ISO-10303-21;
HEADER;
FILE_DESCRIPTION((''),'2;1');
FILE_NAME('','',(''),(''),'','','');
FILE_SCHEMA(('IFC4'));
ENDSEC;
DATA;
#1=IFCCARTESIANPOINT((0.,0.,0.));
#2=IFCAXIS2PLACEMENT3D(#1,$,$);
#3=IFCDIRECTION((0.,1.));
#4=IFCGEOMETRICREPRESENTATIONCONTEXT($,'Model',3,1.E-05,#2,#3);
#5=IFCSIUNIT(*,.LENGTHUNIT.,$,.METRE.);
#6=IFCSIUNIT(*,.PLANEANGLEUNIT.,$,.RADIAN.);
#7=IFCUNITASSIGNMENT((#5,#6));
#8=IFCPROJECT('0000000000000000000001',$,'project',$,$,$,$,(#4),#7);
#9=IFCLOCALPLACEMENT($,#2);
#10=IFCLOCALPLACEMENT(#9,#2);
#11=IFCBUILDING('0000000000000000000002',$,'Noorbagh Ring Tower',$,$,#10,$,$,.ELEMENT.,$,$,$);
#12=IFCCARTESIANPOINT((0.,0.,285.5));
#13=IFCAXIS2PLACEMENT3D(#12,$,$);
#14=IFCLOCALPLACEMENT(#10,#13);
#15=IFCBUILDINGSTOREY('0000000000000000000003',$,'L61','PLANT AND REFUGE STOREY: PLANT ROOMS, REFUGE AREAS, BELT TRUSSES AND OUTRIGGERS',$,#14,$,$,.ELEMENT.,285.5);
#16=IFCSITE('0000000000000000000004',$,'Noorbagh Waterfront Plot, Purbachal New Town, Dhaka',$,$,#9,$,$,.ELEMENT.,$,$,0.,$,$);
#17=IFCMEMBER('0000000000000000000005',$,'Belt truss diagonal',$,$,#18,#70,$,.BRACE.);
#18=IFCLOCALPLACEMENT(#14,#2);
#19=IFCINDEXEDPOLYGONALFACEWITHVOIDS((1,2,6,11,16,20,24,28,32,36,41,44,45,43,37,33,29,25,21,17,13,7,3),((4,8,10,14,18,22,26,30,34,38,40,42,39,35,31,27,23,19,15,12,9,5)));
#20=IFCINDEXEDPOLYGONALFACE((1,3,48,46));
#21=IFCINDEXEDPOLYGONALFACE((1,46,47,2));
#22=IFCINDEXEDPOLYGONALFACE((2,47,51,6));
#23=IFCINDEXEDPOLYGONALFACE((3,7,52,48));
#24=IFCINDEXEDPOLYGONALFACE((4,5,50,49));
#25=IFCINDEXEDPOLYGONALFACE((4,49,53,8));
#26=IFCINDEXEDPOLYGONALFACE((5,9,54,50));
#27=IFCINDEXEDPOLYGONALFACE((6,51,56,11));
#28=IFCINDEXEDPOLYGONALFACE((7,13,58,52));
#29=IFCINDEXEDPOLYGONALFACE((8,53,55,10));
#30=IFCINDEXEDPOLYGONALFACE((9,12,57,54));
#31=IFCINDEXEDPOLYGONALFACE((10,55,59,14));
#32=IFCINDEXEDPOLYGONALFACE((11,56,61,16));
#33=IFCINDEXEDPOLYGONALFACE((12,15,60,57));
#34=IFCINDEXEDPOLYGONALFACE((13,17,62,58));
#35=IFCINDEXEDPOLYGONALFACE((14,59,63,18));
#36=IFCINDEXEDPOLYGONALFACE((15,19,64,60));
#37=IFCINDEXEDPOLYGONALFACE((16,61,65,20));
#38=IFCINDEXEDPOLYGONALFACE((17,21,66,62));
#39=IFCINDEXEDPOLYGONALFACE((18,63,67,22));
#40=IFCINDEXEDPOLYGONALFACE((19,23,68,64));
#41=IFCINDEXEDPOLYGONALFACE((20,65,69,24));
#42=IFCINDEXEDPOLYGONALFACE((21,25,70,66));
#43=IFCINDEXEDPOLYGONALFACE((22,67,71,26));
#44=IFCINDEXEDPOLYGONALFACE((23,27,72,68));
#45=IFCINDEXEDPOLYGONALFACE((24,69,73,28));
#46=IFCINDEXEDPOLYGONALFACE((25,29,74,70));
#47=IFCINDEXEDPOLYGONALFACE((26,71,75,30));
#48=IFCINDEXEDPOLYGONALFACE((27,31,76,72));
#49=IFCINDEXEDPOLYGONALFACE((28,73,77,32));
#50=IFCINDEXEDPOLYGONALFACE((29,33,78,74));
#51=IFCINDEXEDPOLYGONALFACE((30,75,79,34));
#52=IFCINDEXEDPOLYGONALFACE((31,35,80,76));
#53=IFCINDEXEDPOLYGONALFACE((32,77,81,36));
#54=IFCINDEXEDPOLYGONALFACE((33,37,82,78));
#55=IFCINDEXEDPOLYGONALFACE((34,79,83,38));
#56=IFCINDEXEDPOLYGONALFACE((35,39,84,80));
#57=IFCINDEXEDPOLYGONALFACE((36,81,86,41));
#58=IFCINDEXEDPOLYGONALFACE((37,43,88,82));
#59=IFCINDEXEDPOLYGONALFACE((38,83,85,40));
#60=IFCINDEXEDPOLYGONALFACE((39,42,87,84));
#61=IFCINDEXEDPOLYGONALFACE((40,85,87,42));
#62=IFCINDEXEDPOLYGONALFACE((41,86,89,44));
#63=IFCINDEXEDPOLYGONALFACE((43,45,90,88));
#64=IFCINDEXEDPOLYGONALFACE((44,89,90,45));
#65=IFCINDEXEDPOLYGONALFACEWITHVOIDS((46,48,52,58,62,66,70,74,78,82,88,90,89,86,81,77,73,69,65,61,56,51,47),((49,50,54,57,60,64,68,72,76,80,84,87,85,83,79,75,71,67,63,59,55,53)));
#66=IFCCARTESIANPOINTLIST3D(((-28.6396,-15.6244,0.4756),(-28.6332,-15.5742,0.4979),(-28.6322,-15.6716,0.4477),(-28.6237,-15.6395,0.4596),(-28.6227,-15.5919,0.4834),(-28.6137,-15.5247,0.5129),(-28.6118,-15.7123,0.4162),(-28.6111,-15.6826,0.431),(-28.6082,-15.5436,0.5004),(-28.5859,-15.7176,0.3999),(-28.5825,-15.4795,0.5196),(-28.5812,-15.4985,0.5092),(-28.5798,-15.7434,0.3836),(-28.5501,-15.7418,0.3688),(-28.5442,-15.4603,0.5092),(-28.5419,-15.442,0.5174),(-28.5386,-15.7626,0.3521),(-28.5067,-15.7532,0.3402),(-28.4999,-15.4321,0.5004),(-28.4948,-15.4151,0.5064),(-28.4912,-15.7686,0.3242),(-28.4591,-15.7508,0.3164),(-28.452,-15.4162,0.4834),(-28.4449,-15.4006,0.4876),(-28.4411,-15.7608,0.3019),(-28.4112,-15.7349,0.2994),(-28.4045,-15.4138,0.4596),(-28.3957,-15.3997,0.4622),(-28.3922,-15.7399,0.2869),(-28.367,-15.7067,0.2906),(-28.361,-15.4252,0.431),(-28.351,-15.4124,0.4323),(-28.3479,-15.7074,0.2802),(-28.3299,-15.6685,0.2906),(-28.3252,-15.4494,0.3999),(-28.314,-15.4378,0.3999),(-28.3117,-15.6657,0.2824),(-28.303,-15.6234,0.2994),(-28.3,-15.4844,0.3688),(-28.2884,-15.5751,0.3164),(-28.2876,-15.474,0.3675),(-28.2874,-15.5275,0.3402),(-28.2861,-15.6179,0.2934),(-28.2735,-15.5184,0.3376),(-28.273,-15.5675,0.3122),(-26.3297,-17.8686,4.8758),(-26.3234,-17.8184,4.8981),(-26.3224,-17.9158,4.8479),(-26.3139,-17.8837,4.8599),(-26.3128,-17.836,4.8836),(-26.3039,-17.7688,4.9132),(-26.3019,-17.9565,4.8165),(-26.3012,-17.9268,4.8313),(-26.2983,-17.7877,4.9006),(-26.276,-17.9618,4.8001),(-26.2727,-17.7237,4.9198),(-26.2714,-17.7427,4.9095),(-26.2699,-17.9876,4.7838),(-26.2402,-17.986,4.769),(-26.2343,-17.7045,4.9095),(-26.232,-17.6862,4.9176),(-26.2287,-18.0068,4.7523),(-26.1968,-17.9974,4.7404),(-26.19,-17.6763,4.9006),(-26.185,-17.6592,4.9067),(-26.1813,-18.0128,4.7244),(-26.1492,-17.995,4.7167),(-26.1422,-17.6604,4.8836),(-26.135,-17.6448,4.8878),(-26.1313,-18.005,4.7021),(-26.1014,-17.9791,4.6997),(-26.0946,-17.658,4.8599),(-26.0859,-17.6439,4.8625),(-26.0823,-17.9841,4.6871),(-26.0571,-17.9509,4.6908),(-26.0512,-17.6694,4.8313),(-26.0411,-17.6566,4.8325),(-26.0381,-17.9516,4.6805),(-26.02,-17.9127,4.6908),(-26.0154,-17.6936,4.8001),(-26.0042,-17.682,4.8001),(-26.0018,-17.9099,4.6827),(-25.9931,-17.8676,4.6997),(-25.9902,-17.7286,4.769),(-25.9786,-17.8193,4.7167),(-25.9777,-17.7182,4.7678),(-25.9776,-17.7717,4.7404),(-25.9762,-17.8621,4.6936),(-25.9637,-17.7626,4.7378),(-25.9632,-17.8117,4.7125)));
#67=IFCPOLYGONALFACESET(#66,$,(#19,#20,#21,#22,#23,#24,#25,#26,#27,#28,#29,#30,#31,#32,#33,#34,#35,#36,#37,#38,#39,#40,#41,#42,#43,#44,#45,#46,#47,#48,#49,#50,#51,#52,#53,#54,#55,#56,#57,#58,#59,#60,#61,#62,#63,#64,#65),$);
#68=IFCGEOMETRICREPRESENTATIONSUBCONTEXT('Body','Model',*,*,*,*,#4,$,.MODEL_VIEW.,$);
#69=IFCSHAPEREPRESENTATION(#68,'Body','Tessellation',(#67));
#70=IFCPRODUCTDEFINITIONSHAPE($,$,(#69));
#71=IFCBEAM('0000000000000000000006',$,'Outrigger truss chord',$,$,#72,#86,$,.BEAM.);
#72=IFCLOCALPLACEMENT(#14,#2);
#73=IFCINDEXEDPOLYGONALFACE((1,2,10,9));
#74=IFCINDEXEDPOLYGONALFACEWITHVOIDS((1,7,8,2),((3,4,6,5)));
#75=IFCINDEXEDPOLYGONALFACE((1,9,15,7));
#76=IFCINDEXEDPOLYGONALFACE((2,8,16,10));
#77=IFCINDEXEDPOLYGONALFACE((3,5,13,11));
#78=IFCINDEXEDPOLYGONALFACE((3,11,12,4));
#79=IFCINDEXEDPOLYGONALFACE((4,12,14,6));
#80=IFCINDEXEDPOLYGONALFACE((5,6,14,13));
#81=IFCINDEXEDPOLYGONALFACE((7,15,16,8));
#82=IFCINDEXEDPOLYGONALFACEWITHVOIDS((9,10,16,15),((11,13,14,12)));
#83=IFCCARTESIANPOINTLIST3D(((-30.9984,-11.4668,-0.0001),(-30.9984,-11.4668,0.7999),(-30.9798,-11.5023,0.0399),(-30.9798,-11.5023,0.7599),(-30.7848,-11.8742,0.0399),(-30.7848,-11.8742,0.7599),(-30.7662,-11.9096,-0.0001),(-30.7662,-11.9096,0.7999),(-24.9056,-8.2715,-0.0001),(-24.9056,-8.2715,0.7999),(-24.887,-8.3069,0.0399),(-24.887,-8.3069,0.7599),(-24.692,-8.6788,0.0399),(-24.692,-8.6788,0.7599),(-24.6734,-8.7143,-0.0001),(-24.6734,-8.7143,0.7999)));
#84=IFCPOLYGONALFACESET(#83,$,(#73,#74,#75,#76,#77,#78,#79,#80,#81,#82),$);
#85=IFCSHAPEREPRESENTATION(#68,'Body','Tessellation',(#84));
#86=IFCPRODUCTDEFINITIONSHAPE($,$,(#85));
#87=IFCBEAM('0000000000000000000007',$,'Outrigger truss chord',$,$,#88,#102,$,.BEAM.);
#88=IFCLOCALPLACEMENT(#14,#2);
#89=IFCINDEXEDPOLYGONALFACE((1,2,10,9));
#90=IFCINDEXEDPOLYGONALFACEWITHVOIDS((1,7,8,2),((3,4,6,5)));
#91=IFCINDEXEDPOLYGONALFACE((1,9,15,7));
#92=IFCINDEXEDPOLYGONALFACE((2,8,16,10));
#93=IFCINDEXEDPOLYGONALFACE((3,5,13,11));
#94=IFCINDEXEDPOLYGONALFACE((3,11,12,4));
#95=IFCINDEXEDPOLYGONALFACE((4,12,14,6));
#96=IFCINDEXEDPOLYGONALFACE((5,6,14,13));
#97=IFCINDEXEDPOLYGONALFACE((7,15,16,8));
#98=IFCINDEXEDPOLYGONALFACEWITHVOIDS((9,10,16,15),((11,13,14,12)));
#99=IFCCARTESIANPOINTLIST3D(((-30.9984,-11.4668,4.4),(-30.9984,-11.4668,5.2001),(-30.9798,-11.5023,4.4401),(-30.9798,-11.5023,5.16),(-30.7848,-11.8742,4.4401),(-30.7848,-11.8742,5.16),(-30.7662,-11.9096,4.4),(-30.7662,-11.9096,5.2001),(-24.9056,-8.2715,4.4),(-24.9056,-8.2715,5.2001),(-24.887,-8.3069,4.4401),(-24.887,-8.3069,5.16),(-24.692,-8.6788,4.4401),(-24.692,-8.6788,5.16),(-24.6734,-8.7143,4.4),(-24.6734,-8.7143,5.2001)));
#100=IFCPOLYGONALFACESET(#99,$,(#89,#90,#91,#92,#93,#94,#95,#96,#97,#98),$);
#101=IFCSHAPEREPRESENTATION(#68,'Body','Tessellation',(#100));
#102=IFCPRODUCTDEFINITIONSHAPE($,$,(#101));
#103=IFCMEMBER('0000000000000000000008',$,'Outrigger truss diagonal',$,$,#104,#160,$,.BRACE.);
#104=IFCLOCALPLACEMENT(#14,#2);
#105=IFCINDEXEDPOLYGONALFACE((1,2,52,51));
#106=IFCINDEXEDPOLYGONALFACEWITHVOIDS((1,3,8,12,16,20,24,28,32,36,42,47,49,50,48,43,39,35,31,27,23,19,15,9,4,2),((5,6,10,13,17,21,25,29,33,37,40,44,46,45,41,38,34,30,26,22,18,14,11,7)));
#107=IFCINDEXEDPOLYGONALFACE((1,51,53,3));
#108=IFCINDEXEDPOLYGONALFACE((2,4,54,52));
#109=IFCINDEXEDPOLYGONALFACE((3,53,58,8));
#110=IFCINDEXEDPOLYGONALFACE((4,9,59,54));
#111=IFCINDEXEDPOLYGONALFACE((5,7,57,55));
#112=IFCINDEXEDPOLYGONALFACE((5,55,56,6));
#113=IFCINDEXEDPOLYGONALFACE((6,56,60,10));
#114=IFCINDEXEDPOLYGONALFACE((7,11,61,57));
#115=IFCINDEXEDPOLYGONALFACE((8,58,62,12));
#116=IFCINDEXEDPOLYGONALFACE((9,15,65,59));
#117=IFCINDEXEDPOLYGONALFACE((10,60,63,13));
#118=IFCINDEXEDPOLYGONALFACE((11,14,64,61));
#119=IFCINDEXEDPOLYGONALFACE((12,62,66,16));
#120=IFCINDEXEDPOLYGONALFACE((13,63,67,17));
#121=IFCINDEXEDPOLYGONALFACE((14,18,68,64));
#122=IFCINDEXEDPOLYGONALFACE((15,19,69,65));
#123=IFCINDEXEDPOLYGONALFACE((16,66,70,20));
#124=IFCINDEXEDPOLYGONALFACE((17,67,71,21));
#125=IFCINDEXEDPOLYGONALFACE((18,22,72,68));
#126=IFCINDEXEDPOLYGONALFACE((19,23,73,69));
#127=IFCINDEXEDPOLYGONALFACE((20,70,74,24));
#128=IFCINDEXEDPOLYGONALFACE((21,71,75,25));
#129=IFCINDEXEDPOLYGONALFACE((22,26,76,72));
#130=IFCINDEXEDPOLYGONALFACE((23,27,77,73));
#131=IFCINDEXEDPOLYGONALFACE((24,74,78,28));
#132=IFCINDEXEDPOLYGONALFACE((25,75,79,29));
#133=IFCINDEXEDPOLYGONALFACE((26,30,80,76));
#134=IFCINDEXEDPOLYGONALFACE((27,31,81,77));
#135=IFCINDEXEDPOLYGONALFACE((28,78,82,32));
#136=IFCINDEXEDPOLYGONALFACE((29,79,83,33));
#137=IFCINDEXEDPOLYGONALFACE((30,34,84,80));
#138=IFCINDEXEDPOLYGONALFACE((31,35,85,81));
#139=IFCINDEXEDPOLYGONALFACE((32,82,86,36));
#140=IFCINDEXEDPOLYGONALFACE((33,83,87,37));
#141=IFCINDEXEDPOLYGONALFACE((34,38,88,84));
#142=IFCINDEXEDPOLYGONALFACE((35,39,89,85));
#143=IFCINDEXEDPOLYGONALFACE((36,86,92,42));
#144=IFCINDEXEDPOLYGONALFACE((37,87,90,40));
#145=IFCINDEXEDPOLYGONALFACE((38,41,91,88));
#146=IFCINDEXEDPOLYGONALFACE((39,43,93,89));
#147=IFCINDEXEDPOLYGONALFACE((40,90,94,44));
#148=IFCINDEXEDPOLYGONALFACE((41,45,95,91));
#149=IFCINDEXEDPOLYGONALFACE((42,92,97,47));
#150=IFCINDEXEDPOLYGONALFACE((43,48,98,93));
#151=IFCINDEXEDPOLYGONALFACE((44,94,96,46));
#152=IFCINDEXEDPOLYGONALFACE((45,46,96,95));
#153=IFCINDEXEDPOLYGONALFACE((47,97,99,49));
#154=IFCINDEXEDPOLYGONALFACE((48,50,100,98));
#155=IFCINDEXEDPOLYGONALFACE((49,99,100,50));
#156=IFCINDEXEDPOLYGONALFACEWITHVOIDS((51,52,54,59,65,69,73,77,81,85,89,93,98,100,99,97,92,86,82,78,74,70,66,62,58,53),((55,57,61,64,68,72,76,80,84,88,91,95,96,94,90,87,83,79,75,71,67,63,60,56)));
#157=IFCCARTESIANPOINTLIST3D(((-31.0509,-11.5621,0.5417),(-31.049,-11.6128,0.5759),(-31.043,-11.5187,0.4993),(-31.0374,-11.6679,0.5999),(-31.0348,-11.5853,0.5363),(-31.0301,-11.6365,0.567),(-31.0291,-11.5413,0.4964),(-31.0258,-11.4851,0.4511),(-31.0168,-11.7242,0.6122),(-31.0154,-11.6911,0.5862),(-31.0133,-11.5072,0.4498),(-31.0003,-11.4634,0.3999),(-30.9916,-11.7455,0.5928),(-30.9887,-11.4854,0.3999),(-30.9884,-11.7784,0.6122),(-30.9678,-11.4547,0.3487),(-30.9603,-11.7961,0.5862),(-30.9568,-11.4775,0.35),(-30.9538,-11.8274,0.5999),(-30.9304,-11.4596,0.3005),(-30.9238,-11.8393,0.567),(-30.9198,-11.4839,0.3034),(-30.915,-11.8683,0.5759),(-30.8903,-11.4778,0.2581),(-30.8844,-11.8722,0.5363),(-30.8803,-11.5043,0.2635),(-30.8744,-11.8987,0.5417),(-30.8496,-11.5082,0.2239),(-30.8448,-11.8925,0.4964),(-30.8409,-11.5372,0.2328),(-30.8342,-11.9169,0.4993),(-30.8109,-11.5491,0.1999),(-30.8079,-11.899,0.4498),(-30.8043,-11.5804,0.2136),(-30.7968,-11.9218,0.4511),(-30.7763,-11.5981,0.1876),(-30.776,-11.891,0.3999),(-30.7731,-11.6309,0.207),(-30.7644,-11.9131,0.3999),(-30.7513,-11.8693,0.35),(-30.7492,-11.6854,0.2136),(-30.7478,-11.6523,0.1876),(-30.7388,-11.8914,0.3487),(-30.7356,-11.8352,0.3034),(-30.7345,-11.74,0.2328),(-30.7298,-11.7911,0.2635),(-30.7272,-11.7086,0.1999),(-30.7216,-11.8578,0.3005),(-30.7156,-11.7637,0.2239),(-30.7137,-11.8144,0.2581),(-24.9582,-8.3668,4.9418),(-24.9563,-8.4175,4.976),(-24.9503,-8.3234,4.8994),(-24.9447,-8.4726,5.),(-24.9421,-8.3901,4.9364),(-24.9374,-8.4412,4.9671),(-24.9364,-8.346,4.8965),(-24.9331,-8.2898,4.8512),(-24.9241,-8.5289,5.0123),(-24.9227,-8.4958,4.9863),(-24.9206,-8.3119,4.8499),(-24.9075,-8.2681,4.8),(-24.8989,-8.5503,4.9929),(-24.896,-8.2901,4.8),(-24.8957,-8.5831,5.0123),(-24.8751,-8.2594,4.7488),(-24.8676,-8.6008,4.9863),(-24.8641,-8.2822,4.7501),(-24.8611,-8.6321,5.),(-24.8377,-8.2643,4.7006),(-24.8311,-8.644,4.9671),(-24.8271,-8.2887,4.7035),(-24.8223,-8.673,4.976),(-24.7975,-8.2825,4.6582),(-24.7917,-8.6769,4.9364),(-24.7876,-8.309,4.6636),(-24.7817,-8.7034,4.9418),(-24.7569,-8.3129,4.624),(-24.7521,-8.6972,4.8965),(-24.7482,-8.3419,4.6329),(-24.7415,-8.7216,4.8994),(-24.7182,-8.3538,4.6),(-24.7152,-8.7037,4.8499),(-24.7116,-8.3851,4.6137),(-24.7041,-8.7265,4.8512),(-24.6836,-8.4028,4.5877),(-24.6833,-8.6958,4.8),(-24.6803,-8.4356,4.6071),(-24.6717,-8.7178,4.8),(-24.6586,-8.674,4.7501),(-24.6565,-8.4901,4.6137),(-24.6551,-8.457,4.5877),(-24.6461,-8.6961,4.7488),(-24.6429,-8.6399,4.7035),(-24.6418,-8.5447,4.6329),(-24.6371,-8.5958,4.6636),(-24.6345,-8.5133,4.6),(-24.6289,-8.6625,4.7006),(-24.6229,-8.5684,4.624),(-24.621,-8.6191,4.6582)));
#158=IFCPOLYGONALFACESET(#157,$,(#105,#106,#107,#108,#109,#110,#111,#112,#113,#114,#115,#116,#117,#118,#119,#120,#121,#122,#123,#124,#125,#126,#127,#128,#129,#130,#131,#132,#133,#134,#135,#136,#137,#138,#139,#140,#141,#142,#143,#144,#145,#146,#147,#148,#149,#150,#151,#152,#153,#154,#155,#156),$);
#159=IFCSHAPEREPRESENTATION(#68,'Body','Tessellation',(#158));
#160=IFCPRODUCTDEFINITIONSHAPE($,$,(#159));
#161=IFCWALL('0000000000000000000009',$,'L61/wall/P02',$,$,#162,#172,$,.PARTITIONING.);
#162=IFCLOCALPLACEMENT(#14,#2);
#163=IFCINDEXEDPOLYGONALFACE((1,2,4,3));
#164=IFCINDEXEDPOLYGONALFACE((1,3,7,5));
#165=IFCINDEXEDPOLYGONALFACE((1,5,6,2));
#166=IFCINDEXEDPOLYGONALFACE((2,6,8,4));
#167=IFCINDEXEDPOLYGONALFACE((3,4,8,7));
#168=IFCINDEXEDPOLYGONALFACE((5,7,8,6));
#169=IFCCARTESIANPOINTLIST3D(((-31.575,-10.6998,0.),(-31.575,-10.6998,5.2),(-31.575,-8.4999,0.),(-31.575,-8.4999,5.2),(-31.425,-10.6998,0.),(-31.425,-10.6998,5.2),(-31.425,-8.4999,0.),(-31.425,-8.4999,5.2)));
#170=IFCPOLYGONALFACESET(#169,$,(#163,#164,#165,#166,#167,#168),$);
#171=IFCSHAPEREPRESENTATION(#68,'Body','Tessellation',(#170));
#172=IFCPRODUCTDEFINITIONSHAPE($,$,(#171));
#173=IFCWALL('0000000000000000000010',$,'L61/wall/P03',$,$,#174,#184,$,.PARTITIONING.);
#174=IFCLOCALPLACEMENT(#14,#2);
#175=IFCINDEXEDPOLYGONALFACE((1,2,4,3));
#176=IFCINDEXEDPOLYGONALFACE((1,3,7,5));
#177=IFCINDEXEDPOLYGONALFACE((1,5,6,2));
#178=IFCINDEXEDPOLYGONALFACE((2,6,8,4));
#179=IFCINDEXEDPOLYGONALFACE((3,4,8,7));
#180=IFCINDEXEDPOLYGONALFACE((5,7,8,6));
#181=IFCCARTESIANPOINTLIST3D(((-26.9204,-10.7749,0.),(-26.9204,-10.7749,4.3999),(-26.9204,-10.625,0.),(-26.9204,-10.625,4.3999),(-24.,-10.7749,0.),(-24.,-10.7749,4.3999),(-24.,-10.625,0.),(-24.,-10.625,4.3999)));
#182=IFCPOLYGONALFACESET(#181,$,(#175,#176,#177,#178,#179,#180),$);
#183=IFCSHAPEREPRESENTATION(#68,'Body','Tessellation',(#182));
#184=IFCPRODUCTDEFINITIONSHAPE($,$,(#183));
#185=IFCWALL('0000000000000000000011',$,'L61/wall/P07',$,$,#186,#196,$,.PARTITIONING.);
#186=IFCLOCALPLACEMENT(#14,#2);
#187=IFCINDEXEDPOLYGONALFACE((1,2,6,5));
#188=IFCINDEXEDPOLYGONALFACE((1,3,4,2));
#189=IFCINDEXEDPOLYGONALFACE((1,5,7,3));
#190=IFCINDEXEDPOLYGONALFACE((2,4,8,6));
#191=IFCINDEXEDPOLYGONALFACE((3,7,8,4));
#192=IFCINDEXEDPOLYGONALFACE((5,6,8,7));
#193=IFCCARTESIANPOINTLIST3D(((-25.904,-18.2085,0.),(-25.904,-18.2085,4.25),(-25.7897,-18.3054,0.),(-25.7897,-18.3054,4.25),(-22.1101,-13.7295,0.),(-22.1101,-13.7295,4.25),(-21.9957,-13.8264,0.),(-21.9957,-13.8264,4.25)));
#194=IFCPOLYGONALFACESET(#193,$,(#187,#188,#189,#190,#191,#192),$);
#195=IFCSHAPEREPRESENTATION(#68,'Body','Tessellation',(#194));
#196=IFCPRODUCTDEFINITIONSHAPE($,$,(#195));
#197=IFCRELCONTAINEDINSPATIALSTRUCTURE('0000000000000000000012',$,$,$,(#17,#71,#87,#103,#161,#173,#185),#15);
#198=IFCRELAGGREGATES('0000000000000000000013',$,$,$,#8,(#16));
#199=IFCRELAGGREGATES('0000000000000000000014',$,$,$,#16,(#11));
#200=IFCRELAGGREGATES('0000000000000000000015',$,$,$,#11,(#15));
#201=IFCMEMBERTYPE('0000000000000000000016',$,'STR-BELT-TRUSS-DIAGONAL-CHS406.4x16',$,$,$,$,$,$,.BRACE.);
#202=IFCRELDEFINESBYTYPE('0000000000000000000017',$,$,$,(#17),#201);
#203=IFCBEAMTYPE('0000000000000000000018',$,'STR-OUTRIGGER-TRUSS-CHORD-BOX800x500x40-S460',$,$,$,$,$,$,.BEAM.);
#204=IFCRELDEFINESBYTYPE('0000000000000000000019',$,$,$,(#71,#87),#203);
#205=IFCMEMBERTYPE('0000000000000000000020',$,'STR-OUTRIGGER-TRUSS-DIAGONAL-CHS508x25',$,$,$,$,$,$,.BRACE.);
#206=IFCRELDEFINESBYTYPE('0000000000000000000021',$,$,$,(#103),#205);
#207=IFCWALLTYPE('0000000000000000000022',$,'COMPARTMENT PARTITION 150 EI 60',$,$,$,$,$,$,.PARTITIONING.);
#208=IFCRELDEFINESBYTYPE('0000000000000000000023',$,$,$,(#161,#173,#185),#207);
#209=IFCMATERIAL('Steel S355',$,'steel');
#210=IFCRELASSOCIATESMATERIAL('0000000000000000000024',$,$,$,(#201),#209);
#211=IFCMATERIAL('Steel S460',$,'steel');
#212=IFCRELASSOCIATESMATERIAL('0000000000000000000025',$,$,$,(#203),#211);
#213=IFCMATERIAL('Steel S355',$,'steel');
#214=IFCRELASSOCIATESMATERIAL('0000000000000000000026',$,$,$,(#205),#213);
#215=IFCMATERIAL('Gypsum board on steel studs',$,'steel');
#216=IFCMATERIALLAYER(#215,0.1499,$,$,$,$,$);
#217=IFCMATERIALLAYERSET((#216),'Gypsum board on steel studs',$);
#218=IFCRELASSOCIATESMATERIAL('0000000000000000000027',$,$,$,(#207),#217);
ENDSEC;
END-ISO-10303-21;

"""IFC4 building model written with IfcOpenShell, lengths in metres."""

from ifc_helpers import new_model, si_unit, direction, frame, frame_2d, origin, origin_2d, place, context, subcontext, project, spatial, rectangle, hollow_rectangle, hollow_circle, extrude, material, layer, layer_set, material_profile, profile_set, type_object, element, save


model = new_model("IFC4")

# Units and contexts
model_context = context("Model", 3, precision=1e-05, world=origin(), true_north=direction((0.0, 1.0)))
body_context = subcontext(model_context, "Body", "Model", "MODEL_VIEW")
ifc_project = project(units=[si_unit("LENGTHUNIT", "METRE"), si_unit("PLANEANGLEUNIT", "RADIAN")], contexts=[model_context])

# Site, building, storey
site_placement = place(None, origin())
site = spatial("IfcSite", under=ifc_project, at=site_placement, Name="Noorbagh Waterfront Plot, Purbachal New Town, Dhaka", CompositionType="ELEMENT", RefElevation=0.0)
building_placement = place(site_placement, origin())
building = spatial("IfcBuilding", under=site, at=building_placement, Name="Noorbagh Ring Tower", CompositionType="ELEMENT")
storey_placement = place(building_placement, frame((0.0, 0.0, 285.5)))
storey = spatial("IfcBuildingStorey", under=building, at=storey_placement, Name="L61", Description="PLANT AND REFUGE STOREY: PLANT ROOMS, REFUGE AREAS, BELT TRUSSES AND OUTRIGGERS", CompositionType="ELEMENT", Elevation=285.5)

# Member
ifc_material_1 = material(Name="Steel S355", Category="steel")
ifc_material_profile_1 = material_profile(ifc_material_1, hollow_circle(Radius=0.2031, WallThickness=0.0161, at=origin_2d()), Name="CHS406.4x16")
ifc_profile_set_1 = profile_set([ifc_material_profile_1], Name="Steel S355")
member_type_1 = type_object("IfcMemberType", Name="STR-BELT-TRUSS-DIAGONAL-CHS406.4x16", PredefinedType="BRACE", material=ifc_profile_set_1)
member_1_placement = place(storey_placement, frame((-28.4556, -15.5835, 0.3999), z_axis=(0.423604, -0.41156, 0.806956), x_axis=(0.696837, 0.71723, 0.0)))
element("IfcMember", 1, at=member_1_placement, inside=storey, type_object=member_type_1, Name="Belt truss diagonal", PredefinedType="BRACE", context=body_context, shape_type="SweptSolid", body=[
    extrude(hollow_circle(Radius=0.2031, WallThickness=0.0161, at=origin_2d()), origin(), (0.0, 0.0, 1.0), 5.4529),
])

# Beams
ifc_material_2 = material(Name="Steel S460", Category="steel")
ifc_material_profile_2 = material_profile(ifc_material_2, hollow_rectangle(XDim=0.5, YDim=0.8, WallThickness=0.04, at=origin_2d()), Name="BOX800x500x40")
ifc_profile_set_2 = profile_set([ifc_material_profile_2], Name="Steel S460")
beam_type_1 = type_object("IfcBeamType", Name="STR-OUTRIGGER-TRUSS-CHORD-BOX800x500x40-S460", PredefinedType="BEAM", material=ifc_profile_set_2)
for number, where, z_axis, x_axis, name in (
    (2, (-30.8823, -11.6882, 0.3999), (0.885601, 0.464447, 0.0), (-0.464447, 0.885601, 0.0), "Outrigger truss chord"),
    (3, (-30.8823, -11.6882, 4.8), (0.885601, 0.464447, 0.0), (-0.464447, 0.885601, 0.0), "Outrigger truss chord"),
):
    element("IfcBeam", number, at=place(storey_placement, frame(where, z_axis=z_axis, x_axis=x_axis)), inside=storey, type_object=beam_type_1, Name=name, PredefinedType="BEAM", context=body_context, shape_type="SweptSolid", body=[
        extrude(hollow_rectangle(XDim=0.5, YDim=0.8, WallThickness=0.04, at=origin_2d()), origin(), (0.0, 0.0, 1.0), 6.8799),
    ])

# Member
ifc_material_3 = material(Name="Steel S355", Category="steel")
ifc_material_profile_3 = material_profile(ifc_material_3, hollow_circle(Radius=0.2539, WallThickness=0.0249, at=origin_2d()), Name="CHS508x25")
ifc_profile_set_3 = profile_set([ifc_material_profile_3], Name="Steel S355")
member_type_2 = type_object("IfcMemberType", Name="STR-OUTRIGGER-TRUSS-DIAGONAL-CHS508x25", PredefinedType="BRACE", material=ifc_profile_set_3)
member_2_placement = place(storey_placement, frame((-30.8823, -11.6882, 0.3999), z_axis=(0.746061, 0.391266, 0.538798), x_axis=(-0.464447, 0.885601, 0.0)))
element("IfcMember", 4, at=member_2_placement, inside=storey, type_object=member_type_2, Name="Outrigger truss diagonal", PredefinedType="BRACE", context=body_context, shape_type="SweptSolid", body=[
    extrude(hollow_circle(Radius=0.2539, WallThickness=0.0249, at=origin_2d()), origin(), (0.0, 0.0, 1.0), 8.1665),
])

# Walls
ifc_material_4 = material(Name="Gypsum board on steel studs", Category="steel")
ifc_layer_1 = layer(ifc_material_4, 0.1499)
ifc_layer_set_1 = layer_set([ifc_layer_1], Name="Gypsum board on steel studs")
wall_type = type_object("IfcWallType", Name="COMPARTMENT PARTITION 150 EI 60", PredefinedType="PARTITIONING", material=ifc_layer_set_1)
wall_1_placement = place(storey_placement, frame((-31.5, -10.7, 0.0), z_axis=(0.0, 0.0, 1.0), x_axis=(0.0, 1.0, 0.0)))
element("IfcWall", 5, at=wall_1_placement, inside=storey, type_object=wall_type, Name="L61/wall/P02", PredefinedType="PARTITIONING", context=body_context, shape_type="SweptSolid", body=[
    extrude(rectangle(XDim=2.2, YDim=0.1499, at=frame_2d((1.1001, 0.0))), origin(), (0.0, 0.0, 1.0), 5.2),
])
wall_2_placement = place(storey_placement, frame((-26.9204, -10.7, 0.0), z_axis=(0.0, 0.0, 1.0), x_axis=(1.0, 0.0, 0.0)))
element("IfcWall", 6, at=wall_2_placement, inside=storey, type_object=wall_type, Name="L61/wall/P03", PredefinedType="PARTITIONING", context=body_context, shape_type="SweptSolid", body=[
    extrude(rectangle(XDim=2.9204, YDim=0.1499, at=frame_2d((1.4602, 0.0))), origin(), (0.0, 0.0, 1.0), 4.3999),
])
wall_3_placement = place(storey_placement, frame((-25.8469, -18.2571, 0.0), z_axis=(0.0, 0.0, 1.0), x_axis=(0.646341, 0.763049, 0.0)))
element("IfcWall", 7, at=wall_3_placement, inside=storey, type_object=wall_type, Name="L61/wall/P07", PredefinedType="PARTITIONING", context=body_context, shape_type="SweptSolid", body=[
    extrude(rectangle(XDim=5.8699, YDim=0.1499, at=frame_2d((2.9351, 0.0))), origin(), (0.0, 0.0, 1.0), 4.25),
])

save(model, "model.ifc")
